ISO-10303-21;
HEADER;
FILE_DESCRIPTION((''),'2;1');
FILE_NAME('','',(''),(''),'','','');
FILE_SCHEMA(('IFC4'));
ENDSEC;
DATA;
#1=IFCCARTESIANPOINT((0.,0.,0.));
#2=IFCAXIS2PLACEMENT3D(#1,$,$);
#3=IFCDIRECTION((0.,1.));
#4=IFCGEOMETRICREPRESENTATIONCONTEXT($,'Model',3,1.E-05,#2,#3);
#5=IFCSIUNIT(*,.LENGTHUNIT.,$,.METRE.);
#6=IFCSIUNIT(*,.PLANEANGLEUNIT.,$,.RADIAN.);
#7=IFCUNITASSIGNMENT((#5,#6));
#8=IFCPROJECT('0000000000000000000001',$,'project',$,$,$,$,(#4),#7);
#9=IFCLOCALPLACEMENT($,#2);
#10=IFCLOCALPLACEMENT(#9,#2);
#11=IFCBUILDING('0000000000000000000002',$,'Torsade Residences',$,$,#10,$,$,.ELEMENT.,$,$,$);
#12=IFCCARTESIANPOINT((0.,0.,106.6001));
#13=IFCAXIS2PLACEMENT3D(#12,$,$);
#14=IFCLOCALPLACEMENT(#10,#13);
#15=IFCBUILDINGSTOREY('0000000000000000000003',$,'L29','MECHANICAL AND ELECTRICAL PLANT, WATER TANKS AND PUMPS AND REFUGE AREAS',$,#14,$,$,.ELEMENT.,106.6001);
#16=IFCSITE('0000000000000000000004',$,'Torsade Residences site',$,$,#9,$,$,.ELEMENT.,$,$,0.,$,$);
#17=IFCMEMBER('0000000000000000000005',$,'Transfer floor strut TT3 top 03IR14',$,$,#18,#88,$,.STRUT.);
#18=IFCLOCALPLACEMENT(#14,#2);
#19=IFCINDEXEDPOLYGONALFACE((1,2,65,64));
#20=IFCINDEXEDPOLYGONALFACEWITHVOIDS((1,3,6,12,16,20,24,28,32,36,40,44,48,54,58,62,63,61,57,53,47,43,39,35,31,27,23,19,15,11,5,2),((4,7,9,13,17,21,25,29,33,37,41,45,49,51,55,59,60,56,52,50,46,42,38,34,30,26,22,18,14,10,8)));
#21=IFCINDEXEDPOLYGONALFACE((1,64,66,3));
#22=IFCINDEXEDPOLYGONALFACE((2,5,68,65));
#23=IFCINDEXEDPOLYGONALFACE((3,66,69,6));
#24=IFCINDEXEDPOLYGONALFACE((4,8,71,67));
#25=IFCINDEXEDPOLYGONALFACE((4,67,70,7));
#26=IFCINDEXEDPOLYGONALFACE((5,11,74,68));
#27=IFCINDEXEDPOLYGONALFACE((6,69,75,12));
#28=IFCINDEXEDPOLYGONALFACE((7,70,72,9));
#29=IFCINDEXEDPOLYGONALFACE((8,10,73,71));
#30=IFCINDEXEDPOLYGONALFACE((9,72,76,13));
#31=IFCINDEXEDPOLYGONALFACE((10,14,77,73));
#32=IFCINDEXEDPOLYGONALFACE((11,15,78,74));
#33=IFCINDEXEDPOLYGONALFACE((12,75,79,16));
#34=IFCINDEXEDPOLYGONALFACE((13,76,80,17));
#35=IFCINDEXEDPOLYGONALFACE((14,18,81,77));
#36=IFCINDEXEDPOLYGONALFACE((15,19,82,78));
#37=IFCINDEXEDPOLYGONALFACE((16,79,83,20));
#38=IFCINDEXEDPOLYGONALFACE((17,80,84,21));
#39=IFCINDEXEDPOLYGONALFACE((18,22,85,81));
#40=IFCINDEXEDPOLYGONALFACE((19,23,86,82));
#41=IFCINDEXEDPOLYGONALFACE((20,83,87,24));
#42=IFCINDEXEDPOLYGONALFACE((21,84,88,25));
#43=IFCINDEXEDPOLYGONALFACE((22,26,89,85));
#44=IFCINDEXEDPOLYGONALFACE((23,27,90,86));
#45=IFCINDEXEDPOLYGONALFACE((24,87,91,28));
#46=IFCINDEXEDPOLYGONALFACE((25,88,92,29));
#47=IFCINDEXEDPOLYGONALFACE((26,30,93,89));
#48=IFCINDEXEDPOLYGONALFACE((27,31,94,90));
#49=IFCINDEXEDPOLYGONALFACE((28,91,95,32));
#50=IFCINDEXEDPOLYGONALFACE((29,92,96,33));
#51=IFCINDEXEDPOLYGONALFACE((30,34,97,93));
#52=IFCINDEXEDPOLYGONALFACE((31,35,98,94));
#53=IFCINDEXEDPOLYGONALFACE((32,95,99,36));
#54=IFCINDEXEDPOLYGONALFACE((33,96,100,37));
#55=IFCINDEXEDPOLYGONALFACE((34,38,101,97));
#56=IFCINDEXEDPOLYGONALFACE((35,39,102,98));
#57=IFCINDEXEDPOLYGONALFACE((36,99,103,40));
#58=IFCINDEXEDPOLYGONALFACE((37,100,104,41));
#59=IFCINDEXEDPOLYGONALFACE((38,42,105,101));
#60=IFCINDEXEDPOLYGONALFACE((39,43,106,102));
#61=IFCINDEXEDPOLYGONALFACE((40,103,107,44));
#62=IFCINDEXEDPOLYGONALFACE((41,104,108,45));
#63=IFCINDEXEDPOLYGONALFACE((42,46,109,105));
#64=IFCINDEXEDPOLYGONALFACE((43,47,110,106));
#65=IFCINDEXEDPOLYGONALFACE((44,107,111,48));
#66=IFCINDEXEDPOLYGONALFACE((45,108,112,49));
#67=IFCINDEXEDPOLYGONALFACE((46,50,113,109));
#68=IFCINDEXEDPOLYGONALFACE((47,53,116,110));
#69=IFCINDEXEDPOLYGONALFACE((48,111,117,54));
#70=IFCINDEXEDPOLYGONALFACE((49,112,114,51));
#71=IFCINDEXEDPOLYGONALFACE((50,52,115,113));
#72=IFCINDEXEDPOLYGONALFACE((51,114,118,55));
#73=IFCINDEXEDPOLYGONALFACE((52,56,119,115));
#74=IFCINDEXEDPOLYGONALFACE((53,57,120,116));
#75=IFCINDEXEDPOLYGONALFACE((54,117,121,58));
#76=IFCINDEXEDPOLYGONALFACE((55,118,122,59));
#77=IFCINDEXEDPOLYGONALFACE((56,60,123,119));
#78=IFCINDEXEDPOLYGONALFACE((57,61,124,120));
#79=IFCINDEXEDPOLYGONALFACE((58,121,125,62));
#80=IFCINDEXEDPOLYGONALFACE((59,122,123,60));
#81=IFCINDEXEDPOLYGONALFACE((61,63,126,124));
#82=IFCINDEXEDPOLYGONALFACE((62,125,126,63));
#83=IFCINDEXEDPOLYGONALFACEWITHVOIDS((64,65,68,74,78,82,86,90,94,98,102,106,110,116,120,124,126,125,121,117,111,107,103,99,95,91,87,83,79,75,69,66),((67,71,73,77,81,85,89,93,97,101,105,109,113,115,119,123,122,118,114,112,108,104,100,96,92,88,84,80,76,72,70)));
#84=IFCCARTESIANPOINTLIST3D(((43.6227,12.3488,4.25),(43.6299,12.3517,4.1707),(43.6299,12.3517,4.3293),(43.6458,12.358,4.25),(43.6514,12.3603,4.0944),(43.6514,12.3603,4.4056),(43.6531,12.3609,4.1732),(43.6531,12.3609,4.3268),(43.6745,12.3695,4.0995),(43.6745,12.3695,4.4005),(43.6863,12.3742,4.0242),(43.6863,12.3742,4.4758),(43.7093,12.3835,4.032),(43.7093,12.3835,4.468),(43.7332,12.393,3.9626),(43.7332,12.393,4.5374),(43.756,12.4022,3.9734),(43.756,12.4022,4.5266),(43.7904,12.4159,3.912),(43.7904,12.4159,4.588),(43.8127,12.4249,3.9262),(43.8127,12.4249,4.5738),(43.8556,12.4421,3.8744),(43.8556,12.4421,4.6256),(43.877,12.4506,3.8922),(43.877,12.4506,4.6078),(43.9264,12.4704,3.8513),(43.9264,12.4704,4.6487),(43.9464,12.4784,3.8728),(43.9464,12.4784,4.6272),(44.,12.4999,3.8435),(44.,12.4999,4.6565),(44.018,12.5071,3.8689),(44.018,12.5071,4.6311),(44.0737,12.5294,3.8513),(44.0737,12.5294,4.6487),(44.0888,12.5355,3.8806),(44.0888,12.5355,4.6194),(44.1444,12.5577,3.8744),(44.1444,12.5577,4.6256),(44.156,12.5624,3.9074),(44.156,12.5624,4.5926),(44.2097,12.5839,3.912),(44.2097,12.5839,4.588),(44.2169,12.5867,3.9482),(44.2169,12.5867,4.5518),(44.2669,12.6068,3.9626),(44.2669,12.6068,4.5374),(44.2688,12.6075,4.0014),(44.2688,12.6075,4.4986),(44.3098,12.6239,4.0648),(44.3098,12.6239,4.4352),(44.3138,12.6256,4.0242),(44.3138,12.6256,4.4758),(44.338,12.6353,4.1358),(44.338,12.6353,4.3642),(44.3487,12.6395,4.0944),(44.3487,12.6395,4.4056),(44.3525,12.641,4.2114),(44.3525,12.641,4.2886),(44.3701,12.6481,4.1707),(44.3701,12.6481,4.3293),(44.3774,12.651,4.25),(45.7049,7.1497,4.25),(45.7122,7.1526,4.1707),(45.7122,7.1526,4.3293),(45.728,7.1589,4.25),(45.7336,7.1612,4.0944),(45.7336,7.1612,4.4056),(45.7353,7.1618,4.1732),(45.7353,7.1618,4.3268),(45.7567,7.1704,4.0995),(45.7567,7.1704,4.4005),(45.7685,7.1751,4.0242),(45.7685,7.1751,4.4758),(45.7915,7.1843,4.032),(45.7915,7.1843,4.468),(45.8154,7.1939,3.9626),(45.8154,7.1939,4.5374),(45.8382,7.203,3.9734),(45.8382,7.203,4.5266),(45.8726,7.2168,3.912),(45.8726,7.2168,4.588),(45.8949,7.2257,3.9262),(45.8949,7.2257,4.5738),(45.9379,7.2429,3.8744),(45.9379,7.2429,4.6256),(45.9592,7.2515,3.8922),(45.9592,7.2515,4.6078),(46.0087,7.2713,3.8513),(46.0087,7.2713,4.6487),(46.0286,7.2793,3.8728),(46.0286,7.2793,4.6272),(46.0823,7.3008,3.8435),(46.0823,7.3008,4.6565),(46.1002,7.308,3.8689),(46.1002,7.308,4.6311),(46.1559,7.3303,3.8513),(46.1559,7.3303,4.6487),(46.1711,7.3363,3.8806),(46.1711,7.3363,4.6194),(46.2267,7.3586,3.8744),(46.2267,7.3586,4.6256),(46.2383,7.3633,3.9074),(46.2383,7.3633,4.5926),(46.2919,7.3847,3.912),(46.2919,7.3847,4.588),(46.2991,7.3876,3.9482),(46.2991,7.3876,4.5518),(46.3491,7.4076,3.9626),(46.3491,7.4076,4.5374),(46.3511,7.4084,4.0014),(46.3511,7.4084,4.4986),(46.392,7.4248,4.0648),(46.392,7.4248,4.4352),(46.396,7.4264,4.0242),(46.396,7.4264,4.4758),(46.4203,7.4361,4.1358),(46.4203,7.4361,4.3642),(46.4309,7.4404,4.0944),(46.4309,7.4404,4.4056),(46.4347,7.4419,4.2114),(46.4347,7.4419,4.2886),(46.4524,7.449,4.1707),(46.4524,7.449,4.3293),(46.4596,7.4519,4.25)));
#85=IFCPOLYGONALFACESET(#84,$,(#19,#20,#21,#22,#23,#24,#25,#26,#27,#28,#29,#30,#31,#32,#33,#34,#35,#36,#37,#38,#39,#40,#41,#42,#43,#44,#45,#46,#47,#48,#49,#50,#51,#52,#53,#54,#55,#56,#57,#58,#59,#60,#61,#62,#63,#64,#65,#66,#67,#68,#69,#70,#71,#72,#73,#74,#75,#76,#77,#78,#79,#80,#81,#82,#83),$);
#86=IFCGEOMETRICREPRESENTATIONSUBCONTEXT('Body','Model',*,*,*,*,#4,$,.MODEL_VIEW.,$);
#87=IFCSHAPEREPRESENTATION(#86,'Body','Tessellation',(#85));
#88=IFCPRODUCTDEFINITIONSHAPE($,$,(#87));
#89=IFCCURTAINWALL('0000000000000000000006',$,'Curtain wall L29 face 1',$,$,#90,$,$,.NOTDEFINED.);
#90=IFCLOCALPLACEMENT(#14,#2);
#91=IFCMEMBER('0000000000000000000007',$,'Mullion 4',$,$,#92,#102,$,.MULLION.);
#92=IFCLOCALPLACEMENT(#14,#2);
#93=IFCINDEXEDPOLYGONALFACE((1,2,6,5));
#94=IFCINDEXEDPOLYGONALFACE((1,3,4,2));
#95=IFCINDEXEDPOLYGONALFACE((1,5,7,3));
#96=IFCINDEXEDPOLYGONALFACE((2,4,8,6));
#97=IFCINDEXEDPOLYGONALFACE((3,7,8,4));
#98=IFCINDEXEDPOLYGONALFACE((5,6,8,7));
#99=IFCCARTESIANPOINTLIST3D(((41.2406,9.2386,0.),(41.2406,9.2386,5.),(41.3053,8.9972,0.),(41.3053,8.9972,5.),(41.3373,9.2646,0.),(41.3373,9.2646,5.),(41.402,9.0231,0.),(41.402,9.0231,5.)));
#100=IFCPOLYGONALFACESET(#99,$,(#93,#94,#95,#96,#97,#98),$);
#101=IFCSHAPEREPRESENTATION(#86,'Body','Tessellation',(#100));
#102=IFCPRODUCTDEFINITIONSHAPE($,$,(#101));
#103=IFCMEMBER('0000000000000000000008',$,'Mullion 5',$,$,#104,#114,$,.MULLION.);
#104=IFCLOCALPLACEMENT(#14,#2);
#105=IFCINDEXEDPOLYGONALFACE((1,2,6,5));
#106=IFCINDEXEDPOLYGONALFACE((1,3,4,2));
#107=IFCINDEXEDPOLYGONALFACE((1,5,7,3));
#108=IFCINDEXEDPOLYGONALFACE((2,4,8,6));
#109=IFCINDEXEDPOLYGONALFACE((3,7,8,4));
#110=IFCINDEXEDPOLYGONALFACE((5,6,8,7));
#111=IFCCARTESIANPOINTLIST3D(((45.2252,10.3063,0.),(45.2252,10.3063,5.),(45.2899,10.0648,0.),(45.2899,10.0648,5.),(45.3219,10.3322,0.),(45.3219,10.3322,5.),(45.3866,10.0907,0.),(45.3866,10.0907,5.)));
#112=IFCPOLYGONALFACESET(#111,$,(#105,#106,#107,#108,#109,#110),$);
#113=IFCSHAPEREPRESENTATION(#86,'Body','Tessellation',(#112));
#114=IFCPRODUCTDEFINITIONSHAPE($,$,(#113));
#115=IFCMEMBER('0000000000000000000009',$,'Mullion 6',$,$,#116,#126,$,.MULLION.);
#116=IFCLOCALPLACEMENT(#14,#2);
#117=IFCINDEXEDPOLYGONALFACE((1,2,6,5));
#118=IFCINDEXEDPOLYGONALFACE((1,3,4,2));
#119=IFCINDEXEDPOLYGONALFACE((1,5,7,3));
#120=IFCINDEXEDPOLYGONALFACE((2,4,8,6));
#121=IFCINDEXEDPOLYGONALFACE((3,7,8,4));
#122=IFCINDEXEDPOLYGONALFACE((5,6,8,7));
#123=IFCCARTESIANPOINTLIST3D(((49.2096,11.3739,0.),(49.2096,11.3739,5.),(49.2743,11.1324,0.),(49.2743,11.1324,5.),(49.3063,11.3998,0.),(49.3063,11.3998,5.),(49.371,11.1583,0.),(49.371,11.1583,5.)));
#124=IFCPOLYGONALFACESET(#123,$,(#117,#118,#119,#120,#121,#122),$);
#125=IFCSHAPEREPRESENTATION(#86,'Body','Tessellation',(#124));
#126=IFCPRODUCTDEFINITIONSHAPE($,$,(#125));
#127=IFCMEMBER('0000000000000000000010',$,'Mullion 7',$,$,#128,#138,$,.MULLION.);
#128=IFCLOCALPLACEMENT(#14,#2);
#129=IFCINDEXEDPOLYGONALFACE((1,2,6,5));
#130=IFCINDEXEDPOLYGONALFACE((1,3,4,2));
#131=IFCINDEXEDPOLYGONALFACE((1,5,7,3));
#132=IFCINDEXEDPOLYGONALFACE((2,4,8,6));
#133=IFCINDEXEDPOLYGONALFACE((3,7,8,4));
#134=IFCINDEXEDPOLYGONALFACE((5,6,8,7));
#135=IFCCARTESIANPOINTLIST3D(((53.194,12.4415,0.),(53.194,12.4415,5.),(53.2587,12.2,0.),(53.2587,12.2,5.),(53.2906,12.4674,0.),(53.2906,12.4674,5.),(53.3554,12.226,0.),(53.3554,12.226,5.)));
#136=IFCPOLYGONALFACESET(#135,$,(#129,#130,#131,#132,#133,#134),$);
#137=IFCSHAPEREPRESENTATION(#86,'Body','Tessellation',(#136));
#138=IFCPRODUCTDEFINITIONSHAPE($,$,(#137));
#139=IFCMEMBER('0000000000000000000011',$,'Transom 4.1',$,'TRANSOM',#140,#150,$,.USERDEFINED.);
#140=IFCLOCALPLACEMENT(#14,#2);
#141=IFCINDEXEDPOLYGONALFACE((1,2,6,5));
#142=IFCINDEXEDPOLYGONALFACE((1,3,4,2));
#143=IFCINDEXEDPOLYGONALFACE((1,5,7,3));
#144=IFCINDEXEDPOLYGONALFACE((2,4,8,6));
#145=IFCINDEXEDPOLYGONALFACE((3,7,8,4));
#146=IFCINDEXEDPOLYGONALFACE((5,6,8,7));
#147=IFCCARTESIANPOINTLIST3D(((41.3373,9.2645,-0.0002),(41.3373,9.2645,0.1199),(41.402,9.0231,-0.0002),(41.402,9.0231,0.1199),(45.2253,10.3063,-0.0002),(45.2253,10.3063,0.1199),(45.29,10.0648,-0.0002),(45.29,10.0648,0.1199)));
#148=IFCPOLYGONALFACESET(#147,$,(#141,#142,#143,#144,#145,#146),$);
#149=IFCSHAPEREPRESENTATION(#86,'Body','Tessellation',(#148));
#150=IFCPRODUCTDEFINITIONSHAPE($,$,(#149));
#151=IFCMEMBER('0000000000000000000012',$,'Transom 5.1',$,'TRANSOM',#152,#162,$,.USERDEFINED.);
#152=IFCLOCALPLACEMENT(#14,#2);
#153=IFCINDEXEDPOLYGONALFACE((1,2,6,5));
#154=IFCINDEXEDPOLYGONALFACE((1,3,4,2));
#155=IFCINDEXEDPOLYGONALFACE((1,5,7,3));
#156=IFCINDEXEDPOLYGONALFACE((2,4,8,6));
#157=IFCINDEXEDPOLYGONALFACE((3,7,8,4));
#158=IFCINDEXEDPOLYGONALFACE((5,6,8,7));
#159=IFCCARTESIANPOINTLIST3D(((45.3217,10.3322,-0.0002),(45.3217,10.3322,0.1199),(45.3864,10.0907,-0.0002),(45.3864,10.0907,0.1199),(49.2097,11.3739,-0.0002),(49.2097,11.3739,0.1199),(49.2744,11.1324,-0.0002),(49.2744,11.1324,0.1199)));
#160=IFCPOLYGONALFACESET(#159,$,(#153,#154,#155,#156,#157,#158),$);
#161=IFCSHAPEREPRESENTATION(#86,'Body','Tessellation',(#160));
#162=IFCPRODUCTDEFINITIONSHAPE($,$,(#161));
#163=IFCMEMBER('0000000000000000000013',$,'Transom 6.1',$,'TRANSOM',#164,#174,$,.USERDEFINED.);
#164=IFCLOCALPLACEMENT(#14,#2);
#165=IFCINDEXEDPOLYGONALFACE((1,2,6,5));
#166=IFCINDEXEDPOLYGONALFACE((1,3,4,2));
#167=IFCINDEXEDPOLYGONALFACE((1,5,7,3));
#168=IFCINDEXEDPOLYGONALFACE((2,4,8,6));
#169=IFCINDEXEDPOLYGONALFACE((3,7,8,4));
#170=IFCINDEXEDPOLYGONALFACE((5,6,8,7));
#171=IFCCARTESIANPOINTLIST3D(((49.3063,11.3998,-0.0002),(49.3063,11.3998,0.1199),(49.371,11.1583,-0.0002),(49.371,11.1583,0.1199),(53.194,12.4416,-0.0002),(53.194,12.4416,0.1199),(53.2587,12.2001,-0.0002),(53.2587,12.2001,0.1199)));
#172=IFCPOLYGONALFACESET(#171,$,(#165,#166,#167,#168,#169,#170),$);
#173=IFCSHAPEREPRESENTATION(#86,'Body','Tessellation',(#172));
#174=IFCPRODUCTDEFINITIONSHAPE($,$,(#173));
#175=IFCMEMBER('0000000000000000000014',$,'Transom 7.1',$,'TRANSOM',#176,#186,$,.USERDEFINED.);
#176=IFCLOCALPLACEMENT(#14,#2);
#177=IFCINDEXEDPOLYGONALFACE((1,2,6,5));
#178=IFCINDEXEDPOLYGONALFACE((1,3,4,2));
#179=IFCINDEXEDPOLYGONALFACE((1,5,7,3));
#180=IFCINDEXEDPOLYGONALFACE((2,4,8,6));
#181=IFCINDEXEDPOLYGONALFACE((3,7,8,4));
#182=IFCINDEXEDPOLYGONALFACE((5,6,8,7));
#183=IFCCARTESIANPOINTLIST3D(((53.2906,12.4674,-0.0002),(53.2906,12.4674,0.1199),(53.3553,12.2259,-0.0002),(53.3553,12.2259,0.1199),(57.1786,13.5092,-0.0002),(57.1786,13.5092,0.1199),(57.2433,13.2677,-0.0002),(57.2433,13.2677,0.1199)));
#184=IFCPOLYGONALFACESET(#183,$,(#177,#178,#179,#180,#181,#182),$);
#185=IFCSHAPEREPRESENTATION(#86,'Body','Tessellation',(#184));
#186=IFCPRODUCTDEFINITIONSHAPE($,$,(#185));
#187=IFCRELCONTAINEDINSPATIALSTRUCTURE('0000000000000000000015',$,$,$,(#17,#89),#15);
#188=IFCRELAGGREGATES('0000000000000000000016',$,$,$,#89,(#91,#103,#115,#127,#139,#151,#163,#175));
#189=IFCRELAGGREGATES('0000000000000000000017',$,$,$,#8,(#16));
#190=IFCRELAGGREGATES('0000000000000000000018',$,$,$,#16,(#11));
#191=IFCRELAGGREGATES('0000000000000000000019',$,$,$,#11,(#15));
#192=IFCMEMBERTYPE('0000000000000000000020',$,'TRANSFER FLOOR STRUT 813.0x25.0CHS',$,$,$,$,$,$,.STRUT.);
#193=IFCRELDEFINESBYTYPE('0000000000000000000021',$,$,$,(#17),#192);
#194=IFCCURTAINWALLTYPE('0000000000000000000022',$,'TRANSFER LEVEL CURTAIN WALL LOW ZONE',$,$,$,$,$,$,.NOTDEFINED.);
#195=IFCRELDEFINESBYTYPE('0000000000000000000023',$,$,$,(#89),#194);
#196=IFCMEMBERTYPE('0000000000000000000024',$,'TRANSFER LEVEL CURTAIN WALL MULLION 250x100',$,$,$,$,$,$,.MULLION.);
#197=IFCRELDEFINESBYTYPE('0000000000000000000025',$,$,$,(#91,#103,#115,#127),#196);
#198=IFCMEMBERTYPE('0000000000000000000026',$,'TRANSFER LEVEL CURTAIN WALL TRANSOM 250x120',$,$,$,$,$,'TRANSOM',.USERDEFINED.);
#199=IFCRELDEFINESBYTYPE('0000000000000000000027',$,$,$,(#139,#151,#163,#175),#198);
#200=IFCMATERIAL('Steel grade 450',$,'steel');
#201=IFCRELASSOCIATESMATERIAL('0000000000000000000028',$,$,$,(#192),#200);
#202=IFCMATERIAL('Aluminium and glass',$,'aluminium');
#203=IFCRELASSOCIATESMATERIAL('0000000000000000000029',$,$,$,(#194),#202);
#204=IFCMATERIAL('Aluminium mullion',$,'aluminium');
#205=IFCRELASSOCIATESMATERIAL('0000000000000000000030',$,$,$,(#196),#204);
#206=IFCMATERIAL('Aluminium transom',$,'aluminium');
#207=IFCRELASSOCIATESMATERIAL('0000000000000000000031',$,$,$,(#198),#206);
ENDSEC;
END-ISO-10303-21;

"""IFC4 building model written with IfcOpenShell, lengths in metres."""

from ifc_helpers import new_model, si_unit, direction, frame, origin, origin_2d, place, context, subcontext, project, spatial, rectangle, hollow_circle, extrude, material, material_profile, profile_set, type_object, element, aggregate, save


model = new_model("IFC4")

# Units and contexts
model_context = context("Model", 3, precision=1e-05, world=origin(), true_north=direction((0.0, 1.0)))
body_context = subcontext(model_context, "Body", "Model", "MODEL_VIEW")
ifc_project = project(units=[si_unit("LENGTHUNIT", "METRE"), si_unit("PLANEANGLEUNIT", "RADIAN")], contexts=[model_context])

# Site, building, storey
site_placement = place(None, origin())
site = spatial("IfcSite", under=ifc_project, at=site_placement, Name="Torsade Residences site", CompositionType="ELEMENT", RefElevation=0.0)
building_placement = place(site_placement, origin())
building = spatial("IfcBuilding", under=site, at=building_placement, Name="Torsade Residences", CompositionType="ELEMENT")
storey_placement = place(building_placement, frame((0.0, 0.0, 106.6001)))
storey = spatial("IfcBuildingStorey", under=building, at=storey_placement, Name="L29", Description="MECHANICAL AND ELECTRICAL PLANT, WATER TANKS AND PUMPS AND REFUGE AREAS", CompositionType="ELEMENT", Elevation=106.6001)

# Member
ifc_material_1 = material(Name="Steel grade 450", Category="steel")
ifc_material_profile_1 = material_profile(ifc_material_1, hollow_circle(Radius=0.4065, WallThickness=0.0249, at=origin_2d()), Name="813.0x25.0CHS")
ifc_profile_set_1 = profile_set([ifc_material_profile_1], Name="Steel grade 450")
member_type_1 = type_object("IfcMemberType", Name="TRANSFER FLOOR STRUT 813.0x25.0CHS", PredefinedType="STRUT", material=ifc_profile_set_1)
member_1_placement = place(storey_placement, frame((46.0823, 7.3008, 4.25), z_axis=(-0.371789, 0.928317, 0.0), x_axis=(-0.928317, -0.371789, 0.0)))
element("IfcMember", 1, at=member_1_placement, inside=storey, type_object=member_type_1, Name="Transfer floor strut TT3 top 03IR14", PredefinedType="STRUT", context=body_context, shape_type="SweptSolid", body=[
    extrude(hollow_circle(Radius=0.4065, WallThickness=0.0249, at=origin_2d()), origin(), (0.0, 0.0, 1.0), 5.6006),
])

# Curtain wall, members
ifc_material_2 = material(Name="Aluminium and glass", Category="aluminium")
curtain_wall_type = type_object("IfcCurtainWallType", Name="TRANSFER LEVEL CURTAIN WALL LOW ZONE", PredefinedType="NOTDEFINED", material=ifc_material_2)
curtain_wall_placement = place(storey_placement, origin())
curtain_wall = element("IfcCurtainWall", 2, at=curtain_wall_placement, inside=storey, type_object=curtain_wall_type, Name="Curtain wall L29 face 1", PredefinedType="NOTDEFINED")
ifc_material_3 = material(Name="Aluminium mullion", Category="aluminium")
ifc_material_profile_2 = material_profile(ifc_material_3, rectangle(XDim=0.25, YDim=0.1001, at=origin_2d()), Name="TRANSFER LEVEL CURTAIN WALL MULLION 250x100")
ifc_profile_set_2 = profile_set([ifc_material_profile_2], Name="Aluminium mullion")
member_type_2 = type_object("IfcMemberType", Name="TRANSFER LEVEL CURTAIN WALL MULLION 250x100", PredefinedType="MULLION", material=ifc_profile_set_2)
member_2_placement = place(storey_placement, frame((41.3213, 9.1309, 0.0), z_axis=(0.0, 0.0, 1.0), x_axis=(-0.258819, 0.965926, 0.0)))
member_2 = element("IfcMember", 3, at=member_2_placement, type_object=member_type_2, Name="Mullion 4", PredefinedType="MULLION", context=body_context, shape_type="SweptSolid", body=[
    extrude(rectangle(XDim=0.25, YDim=0.1001, at=origin_2d()), origin(), (0.0, 0.0, 1.0), 5.0),
])
member_3_placement = place(storey_placement, frame((45.3059, 10.1985, 0.0), z_axis=(0.0, 0.0, 1.0), x_axis=(-0.258819, 0.965926, 0.0)))
member_3 = element("IfcMember", 4, at=member_3_placement, type_object=member_type_2, Name="Mullion 5", PredefinedType="MULLION", context=body_context, shape_type="SweptSolid", body=[
    extrude(rectangle(XDim=0.25, YDim=0.1001, at=origin_2d()), origin(), (0.0, 0.0, 1.0), 5.0),
])
member_4_placement = place(storey_placement, frame((49.2903, 11.2661, 0.0), z_axis=(0.0, 0.0, 1.0), x_axis=(-0.258819, 0.965926, 0.0)))
member_4 = element("IfcMember", 5, at=member_4_placement, type_object=member_type_2, Name="Mullion 6", PredefinedType="MULLION", context=body_context, shape_type="SweptSolid", body=[
    extrude(rectangle(XDim=0.25, YDim=0.1001, at=origin_2d()), origin(), (0.0, 0.0, 1.0), 5.0),
])
member_5_placement = place(storey_placement, frame((53.2747, 12.3337, 0.0), z_axis=(0.0, 0.0, 1.0), x_axis=(-0.258819, 0.965926, 0.0)))
member_5 = element("IfcMember", 6, at=member_5_placement, type_object=member_type_2, Name="Mullion 7", PredefinedType="MULLION", context=body_context, shape_type="SweptSolid", body=[
    extrude(rectangle(XDim=0.25, YDim=0.1001, at=origin_2d()), origin(), (0.0, 0.0, 1.0), 5.0),
])
ifc_material_4 = material(Name="Aluminium transom", Category="aluminium")
ifc_material_profile_3 = material_profile(ifc_material_4, rectangle(XDim=0.25, YDim=0.1201, at=origin_2d()), Name="TRANSFER LEVEL CURTAIN WALL TRANSOM 250x120")
ifc_profile_set_3 = profile_set([ifc_material_profile_3], Name="Aluminium transom")
member_type_3 = type_object("IfcMemberType", Name="TRANSFER LEVEL CURTAIN WALL TRANSOM 250x120", ElementType="TRANSOM", PredefinedType="USERDEFINED", material=ifc_profile_set_3)
member_6_placement = place(storey_placement, frame((41.3696, 9.1438, 0.0598), z_axis=(0.965927, 0.258814, 0.0), x_axis=(-0.258814, 0.965927, 0.0)))
member_6 = element("IfcMember", 7, at=member_6_placement, type_object=member_type_3, Name="Transom 4.1", ObjectType="TRANSOM", PredefinedType="USERDEFINED", context=body_context, shape_type="SweptSolid", body=[
    extrude(rectangle(XDim=0.25, YDim=0.1201, at=origin_2d()), origin(), (0.0, 0.0, 1.0), 4.0251),
])
member_7_placement = place(storey_placement, frame((45.354, 10.2114, 0.0598), z_axis=(0.965927, 0.258814, 0.0), x_axis=(-0.258814, 0.965927, 0.0)))
member_7 = element("IfcMember", 8, at=member_7_placement, type_object=member_type_3, Name="Transom 5.1", ObjectType="TRANSOM", PredefinedType="USERDEFINED", context=body_context, shape_type="SweptSolid", body=[
    extrude(rectangle(XDim=0.25, YDim=0.1201, at=origin_2d()), origin(), (0.0, 0.0, 1.0), 4.0251),
])
member_8_placement = place(storey_placement, frame((49.3386, 11.2791, 0.0598), z_axis=(0.965923, 0.258829, 0.0), x_axis=(-0.258829, 0.965923, 0.0)))
member_8 = element("IfcMember", 9, at=member_8_placement, type_object=member_type_3, Name="Transom 6.1", ObjectType="TRANSOM", PredefinedType="USERDEFINED", context=body_context, shape_type="SweptSolid", body=[
    extrude(rectangle(XDim=0.25, YDim=0.1201, at=origin_2d()), origin(), (0.0, 0.0, 1.0), 4.0249),
])
member_9_placement = place(storey_placement, frame((53.323, 12.3467, 0.0598), z_axis=(0.965927, 0.258814, 0.0), x_axis=(-0.258814, 0.965927, 0.0)))
member_9 = element("IfcMember", 10, at=member_9_placement, type_object=member_type_3, Name="Transom 7.1", ObjectType="TRANSOM", PredefinedType="USERDEFINED", context=body_context, shape_type="SweptSolid", body=[
    extrude(rectangle(XDim=0.25, YDim=0.1201, at=origin_2d()), origin(), (0.0, 0.0, 1.0), 4.0251),
])

aggregate(curtain_wall, [member_2, member_3, member_4, member_5, member_6, member_7, member_8, member_9])

save(model, "model.ifc")
